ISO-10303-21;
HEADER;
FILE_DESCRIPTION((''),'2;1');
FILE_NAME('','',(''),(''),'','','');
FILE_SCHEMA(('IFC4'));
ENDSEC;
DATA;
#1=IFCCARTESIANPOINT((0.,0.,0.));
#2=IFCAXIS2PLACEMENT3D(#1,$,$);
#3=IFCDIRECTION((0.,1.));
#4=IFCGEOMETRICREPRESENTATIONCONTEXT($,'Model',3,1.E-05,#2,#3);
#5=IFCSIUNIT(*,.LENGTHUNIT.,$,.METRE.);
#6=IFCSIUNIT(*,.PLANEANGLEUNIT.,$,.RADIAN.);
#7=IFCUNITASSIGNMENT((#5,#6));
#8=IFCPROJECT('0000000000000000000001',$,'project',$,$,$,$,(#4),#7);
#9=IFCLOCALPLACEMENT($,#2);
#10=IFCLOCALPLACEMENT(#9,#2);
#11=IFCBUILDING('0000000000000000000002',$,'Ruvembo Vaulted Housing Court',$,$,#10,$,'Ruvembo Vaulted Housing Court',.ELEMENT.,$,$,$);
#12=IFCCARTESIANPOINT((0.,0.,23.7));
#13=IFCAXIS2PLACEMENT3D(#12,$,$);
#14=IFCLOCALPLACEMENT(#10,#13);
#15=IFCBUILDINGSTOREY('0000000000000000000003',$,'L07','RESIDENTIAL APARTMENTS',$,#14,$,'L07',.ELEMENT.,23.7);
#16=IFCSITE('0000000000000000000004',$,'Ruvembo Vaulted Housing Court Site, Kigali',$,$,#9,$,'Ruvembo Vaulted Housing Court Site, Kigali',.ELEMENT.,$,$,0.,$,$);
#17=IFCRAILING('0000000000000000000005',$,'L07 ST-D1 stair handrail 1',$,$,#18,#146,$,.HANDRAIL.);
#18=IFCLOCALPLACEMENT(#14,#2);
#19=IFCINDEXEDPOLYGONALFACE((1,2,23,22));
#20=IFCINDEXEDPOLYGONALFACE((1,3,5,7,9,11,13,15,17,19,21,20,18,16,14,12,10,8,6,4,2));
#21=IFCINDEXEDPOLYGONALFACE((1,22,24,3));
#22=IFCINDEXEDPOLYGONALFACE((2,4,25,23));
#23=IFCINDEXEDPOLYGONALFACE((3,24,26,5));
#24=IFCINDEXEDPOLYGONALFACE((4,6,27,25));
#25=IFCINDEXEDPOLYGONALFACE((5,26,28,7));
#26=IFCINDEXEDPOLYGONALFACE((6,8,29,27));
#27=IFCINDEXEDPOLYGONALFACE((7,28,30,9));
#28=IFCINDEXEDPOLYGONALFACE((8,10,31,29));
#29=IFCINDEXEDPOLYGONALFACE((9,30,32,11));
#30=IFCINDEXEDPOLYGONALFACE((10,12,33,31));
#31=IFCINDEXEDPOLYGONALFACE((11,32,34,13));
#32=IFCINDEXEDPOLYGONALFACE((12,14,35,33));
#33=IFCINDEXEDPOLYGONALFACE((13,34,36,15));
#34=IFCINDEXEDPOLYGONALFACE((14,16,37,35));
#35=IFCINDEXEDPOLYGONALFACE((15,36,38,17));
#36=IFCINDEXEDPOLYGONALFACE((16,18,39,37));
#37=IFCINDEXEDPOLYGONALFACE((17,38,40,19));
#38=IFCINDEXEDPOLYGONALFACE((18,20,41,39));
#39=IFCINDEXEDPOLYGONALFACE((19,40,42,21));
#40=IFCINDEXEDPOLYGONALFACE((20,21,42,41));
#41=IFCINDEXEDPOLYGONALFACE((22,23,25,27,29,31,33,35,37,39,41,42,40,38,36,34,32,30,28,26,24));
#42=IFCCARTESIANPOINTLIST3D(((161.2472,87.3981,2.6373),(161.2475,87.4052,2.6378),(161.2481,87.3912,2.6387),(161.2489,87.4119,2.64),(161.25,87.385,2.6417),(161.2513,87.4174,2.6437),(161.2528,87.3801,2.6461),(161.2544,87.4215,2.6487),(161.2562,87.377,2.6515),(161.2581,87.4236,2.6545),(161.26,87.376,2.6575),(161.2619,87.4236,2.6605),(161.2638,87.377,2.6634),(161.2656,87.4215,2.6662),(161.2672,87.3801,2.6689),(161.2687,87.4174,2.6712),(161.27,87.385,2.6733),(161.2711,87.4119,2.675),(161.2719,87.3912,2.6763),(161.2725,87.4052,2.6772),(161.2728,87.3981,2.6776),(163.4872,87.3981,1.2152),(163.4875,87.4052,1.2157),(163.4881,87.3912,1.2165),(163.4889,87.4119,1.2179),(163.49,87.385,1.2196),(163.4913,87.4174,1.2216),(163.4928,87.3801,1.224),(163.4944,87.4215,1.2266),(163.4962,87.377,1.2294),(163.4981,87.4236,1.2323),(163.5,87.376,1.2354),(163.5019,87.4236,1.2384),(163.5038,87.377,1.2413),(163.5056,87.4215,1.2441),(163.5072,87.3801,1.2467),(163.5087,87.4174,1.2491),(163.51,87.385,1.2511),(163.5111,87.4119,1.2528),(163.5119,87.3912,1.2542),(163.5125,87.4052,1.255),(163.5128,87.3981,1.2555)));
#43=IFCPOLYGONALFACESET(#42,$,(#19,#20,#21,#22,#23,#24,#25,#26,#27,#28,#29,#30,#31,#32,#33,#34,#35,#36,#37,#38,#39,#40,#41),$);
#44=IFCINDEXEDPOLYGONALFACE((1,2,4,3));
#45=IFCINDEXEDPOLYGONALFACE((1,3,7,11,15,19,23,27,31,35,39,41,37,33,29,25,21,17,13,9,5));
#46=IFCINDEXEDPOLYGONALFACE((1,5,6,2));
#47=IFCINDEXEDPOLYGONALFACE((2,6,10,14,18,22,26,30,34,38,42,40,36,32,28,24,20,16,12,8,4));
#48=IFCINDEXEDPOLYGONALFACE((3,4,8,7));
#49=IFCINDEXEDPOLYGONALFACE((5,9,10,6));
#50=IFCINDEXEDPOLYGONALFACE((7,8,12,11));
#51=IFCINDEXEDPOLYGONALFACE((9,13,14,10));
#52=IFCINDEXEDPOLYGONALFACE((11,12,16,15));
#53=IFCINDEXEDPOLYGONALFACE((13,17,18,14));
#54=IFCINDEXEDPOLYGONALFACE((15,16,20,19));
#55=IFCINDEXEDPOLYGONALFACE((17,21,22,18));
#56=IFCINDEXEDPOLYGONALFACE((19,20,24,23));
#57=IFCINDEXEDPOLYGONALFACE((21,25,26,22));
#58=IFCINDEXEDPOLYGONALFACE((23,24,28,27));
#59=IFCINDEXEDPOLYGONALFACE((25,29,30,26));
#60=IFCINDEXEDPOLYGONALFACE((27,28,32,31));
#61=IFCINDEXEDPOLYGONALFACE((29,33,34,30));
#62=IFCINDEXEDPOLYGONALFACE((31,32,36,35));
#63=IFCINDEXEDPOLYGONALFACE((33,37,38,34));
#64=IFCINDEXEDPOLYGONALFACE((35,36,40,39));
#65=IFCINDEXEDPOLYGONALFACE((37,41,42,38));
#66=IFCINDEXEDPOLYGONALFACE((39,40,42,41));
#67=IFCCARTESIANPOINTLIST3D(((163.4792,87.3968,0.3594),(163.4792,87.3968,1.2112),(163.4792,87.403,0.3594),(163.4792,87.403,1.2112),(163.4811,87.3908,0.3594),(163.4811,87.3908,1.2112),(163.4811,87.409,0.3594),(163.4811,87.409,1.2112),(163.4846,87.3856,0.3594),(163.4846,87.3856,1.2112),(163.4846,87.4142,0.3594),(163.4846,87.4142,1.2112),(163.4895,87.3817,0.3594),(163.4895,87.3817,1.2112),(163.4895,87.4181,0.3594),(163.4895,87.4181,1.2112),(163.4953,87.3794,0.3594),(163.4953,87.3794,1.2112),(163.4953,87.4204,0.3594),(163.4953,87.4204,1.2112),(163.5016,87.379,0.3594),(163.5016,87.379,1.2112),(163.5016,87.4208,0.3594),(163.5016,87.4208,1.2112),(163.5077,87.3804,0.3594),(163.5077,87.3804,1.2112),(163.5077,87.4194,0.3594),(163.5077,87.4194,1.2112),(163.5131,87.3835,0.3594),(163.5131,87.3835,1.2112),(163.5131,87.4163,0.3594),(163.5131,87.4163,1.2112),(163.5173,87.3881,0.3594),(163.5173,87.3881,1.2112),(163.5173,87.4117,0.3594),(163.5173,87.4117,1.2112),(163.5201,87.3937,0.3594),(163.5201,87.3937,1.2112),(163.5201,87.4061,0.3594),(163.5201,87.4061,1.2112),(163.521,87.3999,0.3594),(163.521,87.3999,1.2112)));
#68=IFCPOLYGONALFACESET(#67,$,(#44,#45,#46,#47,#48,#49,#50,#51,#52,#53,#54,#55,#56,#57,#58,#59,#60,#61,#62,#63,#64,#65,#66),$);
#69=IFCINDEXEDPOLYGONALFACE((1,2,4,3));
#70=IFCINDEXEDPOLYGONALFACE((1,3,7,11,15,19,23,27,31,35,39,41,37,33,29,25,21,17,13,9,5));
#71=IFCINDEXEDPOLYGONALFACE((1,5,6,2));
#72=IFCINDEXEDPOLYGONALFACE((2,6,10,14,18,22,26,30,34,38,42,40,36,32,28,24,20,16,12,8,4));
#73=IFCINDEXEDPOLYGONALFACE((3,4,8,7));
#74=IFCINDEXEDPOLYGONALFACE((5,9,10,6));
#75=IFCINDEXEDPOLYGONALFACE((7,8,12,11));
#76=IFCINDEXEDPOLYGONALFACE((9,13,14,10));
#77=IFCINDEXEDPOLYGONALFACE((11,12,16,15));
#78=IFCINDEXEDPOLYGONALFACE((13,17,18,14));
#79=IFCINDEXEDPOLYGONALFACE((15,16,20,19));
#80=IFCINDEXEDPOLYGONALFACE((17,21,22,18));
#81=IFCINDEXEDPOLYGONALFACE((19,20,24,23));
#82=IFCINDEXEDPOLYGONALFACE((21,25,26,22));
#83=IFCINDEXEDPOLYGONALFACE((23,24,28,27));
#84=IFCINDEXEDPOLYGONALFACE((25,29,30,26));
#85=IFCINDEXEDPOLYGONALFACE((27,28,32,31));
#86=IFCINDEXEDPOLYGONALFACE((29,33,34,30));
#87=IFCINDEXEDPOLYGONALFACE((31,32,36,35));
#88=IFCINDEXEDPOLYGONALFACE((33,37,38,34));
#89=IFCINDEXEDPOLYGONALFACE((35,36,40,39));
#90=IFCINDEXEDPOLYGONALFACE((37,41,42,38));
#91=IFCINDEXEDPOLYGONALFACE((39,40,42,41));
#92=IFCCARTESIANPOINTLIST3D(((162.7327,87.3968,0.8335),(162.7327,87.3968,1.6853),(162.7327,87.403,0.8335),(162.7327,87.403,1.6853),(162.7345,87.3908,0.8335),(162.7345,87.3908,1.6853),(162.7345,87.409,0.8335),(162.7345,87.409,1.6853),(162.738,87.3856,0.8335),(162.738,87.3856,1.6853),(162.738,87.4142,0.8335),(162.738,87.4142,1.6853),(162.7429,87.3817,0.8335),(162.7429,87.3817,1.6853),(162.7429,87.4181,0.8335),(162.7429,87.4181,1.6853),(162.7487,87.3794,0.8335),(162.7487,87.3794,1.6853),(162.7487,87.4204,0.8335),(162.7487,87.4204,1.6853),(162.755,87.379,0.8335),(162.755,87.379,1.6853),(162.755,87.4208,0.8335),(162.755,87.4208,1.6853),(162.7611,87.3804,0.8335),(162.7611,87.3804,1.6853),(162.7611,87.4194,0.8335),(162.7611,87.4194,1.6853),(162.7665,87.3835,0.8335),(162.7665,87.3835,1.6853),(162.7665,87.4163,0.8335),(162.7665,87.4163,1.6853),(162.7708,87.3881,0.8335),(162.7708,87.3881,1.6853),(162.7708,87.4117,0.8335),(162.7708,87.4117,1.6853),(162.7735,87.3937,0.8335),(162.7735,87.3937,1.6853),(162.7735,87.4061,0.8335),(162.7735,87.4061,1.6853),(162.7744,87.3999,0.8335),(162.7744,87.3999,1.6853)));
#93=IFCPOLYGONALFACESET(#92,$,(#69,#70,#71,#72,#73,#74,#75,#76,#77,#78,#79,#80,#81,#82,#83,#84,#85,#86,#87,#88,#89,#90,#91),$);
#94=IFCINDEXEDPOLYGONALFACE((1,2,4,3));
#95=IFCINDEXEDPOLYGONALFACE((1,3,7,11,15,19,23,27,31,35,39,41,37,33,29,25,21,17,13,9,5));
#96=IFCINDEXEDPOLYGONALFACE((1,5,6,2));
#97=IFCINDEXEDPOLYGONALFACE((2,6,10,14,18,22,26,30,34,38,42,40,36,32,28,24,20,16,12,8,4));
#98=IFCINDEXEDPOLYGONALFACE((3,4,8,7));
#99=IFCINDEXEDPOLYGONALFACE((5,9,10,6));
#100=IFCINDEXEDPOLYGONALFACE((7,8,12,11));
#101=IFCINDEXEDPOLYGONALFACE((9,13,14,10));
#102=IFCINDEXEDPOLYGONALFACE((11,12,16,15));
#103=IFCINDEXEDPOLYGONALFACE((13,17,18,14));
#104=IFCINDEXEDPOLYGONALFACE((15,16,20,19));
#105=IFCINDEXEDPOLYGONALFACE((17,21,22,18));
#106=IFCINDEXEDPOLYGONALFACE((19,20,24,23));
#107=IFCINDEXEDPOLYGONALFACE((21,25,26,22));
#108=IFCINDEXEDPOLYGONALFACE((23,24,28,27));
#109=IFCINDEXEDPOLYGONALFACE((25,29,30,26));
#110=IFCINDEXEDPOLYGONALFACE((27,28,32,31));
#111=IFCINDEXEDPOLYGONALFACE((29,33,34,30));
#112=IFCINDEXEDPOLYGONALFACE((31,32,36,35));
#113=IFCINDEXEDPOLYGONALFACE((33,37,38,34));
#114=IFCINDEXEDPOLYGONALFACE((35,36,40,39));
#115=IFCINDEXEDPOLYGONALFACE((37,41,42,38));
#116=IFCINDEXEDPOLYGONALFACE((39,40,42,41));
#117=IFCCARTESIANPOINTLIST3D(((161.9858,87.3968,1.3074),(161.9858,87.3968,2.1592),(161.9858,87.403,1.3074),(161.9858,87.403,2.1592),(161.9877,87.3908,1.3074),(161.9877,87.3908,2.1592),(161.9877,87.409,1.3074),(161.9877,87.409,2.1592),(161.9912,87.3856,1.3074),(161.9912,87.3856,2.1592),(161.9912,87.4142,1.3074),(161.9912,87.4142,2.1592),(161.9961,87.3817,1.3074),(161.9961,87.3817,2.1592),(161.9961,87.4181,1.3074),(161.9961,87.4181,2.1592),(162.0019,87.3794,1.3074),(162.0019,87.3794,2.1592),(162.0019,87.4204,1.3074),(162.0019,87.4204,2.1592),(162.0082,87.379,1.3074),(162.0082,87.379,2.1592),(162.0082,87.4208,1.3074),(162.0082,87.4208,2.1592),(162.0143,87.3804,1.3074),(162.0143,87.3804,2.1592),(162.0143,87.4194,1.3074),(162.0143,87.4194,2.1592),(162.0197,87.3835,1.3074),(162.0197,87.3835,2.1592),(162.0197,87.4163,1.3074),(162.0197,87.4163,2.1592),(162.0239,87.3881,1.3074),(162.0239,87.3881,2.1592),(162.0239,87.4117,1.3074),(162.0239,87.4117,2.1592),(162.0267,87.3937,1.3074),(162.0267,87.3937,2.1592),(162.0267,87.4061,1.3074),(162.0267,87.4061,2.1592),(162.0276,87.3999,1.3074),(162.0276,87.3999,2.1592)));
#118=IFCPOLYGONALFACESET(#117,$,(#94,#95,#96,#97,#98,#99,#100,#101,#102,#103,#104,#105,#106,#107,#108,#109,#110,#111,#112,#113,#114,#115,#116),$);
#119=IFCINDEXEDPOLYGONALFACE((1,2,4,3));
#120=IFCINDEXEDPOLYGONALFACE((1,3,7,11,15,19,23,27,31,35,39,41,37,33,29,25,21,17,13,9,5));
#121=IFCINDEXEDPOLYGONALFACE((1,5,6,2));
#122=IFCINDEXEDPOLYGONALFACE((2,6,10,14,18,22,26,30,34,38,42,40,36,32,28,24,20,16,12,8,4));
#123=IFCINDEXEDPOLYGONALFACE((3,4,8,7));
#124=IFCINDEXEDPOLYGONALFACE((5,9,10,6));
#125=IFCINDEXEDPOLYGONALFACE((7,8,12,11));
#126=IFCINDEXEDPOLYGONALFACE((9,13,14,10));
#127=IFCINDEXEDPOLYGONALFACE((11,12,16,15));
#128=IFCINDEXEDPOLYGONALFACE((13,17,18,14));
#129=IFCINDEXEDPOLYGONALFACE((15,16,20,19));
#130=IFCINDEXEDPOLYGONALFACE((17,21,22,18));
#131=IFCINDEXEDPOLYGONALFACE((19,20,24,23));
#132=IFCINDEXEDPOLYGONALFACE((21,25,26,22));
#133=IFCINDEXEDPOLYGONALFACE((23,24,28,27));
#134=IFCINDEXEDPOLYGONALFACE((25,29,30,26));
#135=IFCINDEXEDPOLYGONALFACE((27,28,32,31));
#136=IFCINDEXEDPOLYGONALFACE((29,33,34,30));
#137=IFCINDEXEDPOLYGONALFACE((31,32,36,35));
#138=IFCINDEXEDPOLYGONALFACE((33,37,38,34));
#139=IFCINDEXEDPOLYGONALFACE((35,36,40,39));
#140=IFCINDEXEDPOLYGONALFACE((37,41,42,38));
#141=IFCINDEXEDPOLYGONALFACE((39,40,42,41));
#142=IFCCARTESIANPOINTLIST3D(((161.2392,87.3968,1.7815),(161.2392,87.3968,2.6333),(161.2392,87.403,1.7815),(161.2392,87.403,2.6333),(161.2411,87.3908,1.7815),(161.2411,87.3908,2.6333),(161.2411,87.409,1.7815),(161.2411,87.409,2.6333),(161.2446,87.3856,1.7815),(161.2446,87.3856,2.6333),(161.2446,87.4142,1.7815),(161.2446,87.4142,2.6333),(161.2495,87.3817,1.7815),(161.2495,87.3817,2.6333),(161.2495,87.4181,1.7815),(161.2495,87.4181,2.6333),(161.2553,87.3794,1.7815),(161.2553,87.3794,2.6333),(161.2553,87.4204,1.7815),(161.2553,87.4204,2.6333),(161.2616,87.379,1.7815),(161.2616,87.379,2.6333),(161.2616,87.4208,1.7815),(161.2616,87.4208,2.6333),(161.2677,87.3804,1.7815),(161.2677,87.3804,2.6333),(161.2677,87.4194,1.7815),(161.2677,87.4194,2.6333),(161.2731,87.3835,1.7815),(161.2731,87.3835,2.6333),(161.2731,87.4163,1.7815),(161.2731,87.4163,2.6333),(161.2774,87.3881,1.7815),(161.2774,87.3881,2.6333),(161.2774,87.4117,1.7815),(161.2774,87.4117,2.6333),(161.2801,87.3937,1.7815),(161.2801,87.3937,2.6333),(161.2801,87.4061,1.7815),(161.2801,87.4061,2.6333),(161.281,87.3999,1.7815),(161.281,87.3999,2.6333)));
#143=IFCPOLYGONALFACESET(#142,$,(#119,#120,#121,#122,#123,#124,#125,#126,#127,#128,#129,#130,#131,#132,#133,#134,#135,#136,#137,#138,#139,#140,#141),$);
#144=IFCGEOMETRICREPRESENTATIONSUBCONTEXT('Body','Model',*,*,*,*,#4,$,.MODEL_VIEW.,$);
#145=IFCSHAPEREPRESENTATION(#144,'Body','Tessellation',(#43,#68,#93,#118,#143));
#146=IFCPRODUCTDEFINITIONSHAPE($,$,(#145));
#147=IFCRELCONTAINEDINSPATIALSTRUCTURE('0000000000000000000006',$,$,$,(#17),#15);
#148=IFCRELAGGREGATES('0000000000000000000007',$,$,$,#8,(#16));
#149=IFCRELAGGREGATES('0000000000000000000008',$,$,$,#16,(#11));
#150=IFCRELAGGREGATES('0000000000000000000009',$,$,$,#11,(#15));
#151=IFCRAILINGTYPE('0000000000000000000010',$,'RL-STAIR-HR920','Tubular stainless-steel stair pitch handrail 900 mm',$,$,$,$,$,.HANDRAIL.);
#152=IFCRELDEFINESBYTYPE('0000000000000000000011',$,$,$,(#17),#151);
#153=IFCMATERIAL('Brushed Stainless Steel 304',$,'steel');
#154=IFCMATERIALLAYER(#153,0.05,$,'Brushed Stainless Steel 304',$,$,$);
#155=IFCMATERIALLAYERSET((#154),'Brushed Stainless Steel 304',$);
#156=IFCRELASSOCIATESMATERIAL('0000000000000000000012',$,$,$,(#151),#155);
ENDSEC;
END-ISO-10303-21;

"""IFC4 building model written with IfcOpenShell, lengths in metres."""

from ifc_helpers import new_model, si_unit, direction, frame, origin, origin_2d, place, context, subcontext, project, spatial, circle, extrude, material, layer, layer_set, type_object, element, save


model = new_model("IFC4")

# Units and contexts
model_context = context("Model", 3, precision=1e-05, world=origin(), true_north=direction((0.0, 1.0)))
body_context = subcontext(model_context, "Body", "Model", "MODEL_VIEW")
ifc_project = project(units=[si_unit("LENGTHUNIT", "METRE"), si_unit("PLANEANGLEUNIT", "RADIAN")], contexts=[model_context])

# Site, building, storey
site_placement = place(None, origin())
site = spatial("IfcSite", under=ifc_project, at=site_placement, Name="Ruvembo Vaulted Housing Court Site, Kigali", LongName="Ruvembo Vaulted Housing Court Site, Kigali", CompositionType="ELEMENT", RefElevation=0.0)
building_placement = place(site_placement, origin())
building = spatial("IfcBuilding", under=site, at=building_placement, Name="Ruvembo Vaulted Housing Court", LongName="Ruvembo Vaulted Housing Court", CompositionType="ELEMENT")
storey_placement = place(building_placement, frame((0.0, 0.0, 23.7)))
storey = spatial("IfcBuildingStorey", under=building, at=storey_placement, Name="L07", Description="RESIDENTIAL APARTMENTS", LongName="L07", CompositionType="ELEMENT", Elevation=23.7)

# Shared definitions
ifc_material_1 = material(Name="Brushed Stainless Steel 304", Category="steel")

# Railing
ifc_layer_1 = layer(ifc_material_1, 0.05, Name="Brushed Stainless Steel 304")
ifc_layer_set_1 = layer_set([ifc_layer_1], Name="Brushed Stainless Steel 304")
railing_type_1 = type_object("IfcRailingType", Name="RL-STAIR-HR920", Description="Tubular stainless-steel stair pitch handrail 900 mm", PredefinedType="HANDRAIL", material=ifc_layer_set_1)
railing_1_placement = place(storey_placement, frame((163.5, 87.3999, 0.3594)))
element("IfcRailing", 1, at=railing_1_placement, inside=storey, type_object=railing_type_1, Name="L07 ST-D1 stair handrail 1", PredefinedType="HANDRAIL", context=body_context, shape_type="SweptSolid", body=[
    extrude(circle(Radius=0.0239, at=origin_2d()), frame((0.0, 0.0, 0.876), z_axis=(-0.844229, 0.0, 0.535982), x_axis=(0.0, -1.0, 0.0)), (0.0, 0.0, 1.0), 2.6533),
    extrude(circle(Radius=0.021, at=origin_2d()), origin(), (0.0, 0.0, 1.0), 0.8518),
    extrude(circle(Radius=0.021, at=origin_2d()), frame((-0.7466, 0.0, 0.4741)), (0.0, 0.0, 1.0), 0.8518),
    extrude(circle(Radius=0.021, at=origin_2d()), frame((-1.4934, 0.0, 0.948)), (0.0, 0.0, 1.0), 0.8518),
    extrude(circle(Radius=0.021, at=origin_2d()), frame((-2.24, 0.0, 1.4221)), (0.0, 0.0, 1.0), 0.8518),
])

save(model, "model.ifc")
